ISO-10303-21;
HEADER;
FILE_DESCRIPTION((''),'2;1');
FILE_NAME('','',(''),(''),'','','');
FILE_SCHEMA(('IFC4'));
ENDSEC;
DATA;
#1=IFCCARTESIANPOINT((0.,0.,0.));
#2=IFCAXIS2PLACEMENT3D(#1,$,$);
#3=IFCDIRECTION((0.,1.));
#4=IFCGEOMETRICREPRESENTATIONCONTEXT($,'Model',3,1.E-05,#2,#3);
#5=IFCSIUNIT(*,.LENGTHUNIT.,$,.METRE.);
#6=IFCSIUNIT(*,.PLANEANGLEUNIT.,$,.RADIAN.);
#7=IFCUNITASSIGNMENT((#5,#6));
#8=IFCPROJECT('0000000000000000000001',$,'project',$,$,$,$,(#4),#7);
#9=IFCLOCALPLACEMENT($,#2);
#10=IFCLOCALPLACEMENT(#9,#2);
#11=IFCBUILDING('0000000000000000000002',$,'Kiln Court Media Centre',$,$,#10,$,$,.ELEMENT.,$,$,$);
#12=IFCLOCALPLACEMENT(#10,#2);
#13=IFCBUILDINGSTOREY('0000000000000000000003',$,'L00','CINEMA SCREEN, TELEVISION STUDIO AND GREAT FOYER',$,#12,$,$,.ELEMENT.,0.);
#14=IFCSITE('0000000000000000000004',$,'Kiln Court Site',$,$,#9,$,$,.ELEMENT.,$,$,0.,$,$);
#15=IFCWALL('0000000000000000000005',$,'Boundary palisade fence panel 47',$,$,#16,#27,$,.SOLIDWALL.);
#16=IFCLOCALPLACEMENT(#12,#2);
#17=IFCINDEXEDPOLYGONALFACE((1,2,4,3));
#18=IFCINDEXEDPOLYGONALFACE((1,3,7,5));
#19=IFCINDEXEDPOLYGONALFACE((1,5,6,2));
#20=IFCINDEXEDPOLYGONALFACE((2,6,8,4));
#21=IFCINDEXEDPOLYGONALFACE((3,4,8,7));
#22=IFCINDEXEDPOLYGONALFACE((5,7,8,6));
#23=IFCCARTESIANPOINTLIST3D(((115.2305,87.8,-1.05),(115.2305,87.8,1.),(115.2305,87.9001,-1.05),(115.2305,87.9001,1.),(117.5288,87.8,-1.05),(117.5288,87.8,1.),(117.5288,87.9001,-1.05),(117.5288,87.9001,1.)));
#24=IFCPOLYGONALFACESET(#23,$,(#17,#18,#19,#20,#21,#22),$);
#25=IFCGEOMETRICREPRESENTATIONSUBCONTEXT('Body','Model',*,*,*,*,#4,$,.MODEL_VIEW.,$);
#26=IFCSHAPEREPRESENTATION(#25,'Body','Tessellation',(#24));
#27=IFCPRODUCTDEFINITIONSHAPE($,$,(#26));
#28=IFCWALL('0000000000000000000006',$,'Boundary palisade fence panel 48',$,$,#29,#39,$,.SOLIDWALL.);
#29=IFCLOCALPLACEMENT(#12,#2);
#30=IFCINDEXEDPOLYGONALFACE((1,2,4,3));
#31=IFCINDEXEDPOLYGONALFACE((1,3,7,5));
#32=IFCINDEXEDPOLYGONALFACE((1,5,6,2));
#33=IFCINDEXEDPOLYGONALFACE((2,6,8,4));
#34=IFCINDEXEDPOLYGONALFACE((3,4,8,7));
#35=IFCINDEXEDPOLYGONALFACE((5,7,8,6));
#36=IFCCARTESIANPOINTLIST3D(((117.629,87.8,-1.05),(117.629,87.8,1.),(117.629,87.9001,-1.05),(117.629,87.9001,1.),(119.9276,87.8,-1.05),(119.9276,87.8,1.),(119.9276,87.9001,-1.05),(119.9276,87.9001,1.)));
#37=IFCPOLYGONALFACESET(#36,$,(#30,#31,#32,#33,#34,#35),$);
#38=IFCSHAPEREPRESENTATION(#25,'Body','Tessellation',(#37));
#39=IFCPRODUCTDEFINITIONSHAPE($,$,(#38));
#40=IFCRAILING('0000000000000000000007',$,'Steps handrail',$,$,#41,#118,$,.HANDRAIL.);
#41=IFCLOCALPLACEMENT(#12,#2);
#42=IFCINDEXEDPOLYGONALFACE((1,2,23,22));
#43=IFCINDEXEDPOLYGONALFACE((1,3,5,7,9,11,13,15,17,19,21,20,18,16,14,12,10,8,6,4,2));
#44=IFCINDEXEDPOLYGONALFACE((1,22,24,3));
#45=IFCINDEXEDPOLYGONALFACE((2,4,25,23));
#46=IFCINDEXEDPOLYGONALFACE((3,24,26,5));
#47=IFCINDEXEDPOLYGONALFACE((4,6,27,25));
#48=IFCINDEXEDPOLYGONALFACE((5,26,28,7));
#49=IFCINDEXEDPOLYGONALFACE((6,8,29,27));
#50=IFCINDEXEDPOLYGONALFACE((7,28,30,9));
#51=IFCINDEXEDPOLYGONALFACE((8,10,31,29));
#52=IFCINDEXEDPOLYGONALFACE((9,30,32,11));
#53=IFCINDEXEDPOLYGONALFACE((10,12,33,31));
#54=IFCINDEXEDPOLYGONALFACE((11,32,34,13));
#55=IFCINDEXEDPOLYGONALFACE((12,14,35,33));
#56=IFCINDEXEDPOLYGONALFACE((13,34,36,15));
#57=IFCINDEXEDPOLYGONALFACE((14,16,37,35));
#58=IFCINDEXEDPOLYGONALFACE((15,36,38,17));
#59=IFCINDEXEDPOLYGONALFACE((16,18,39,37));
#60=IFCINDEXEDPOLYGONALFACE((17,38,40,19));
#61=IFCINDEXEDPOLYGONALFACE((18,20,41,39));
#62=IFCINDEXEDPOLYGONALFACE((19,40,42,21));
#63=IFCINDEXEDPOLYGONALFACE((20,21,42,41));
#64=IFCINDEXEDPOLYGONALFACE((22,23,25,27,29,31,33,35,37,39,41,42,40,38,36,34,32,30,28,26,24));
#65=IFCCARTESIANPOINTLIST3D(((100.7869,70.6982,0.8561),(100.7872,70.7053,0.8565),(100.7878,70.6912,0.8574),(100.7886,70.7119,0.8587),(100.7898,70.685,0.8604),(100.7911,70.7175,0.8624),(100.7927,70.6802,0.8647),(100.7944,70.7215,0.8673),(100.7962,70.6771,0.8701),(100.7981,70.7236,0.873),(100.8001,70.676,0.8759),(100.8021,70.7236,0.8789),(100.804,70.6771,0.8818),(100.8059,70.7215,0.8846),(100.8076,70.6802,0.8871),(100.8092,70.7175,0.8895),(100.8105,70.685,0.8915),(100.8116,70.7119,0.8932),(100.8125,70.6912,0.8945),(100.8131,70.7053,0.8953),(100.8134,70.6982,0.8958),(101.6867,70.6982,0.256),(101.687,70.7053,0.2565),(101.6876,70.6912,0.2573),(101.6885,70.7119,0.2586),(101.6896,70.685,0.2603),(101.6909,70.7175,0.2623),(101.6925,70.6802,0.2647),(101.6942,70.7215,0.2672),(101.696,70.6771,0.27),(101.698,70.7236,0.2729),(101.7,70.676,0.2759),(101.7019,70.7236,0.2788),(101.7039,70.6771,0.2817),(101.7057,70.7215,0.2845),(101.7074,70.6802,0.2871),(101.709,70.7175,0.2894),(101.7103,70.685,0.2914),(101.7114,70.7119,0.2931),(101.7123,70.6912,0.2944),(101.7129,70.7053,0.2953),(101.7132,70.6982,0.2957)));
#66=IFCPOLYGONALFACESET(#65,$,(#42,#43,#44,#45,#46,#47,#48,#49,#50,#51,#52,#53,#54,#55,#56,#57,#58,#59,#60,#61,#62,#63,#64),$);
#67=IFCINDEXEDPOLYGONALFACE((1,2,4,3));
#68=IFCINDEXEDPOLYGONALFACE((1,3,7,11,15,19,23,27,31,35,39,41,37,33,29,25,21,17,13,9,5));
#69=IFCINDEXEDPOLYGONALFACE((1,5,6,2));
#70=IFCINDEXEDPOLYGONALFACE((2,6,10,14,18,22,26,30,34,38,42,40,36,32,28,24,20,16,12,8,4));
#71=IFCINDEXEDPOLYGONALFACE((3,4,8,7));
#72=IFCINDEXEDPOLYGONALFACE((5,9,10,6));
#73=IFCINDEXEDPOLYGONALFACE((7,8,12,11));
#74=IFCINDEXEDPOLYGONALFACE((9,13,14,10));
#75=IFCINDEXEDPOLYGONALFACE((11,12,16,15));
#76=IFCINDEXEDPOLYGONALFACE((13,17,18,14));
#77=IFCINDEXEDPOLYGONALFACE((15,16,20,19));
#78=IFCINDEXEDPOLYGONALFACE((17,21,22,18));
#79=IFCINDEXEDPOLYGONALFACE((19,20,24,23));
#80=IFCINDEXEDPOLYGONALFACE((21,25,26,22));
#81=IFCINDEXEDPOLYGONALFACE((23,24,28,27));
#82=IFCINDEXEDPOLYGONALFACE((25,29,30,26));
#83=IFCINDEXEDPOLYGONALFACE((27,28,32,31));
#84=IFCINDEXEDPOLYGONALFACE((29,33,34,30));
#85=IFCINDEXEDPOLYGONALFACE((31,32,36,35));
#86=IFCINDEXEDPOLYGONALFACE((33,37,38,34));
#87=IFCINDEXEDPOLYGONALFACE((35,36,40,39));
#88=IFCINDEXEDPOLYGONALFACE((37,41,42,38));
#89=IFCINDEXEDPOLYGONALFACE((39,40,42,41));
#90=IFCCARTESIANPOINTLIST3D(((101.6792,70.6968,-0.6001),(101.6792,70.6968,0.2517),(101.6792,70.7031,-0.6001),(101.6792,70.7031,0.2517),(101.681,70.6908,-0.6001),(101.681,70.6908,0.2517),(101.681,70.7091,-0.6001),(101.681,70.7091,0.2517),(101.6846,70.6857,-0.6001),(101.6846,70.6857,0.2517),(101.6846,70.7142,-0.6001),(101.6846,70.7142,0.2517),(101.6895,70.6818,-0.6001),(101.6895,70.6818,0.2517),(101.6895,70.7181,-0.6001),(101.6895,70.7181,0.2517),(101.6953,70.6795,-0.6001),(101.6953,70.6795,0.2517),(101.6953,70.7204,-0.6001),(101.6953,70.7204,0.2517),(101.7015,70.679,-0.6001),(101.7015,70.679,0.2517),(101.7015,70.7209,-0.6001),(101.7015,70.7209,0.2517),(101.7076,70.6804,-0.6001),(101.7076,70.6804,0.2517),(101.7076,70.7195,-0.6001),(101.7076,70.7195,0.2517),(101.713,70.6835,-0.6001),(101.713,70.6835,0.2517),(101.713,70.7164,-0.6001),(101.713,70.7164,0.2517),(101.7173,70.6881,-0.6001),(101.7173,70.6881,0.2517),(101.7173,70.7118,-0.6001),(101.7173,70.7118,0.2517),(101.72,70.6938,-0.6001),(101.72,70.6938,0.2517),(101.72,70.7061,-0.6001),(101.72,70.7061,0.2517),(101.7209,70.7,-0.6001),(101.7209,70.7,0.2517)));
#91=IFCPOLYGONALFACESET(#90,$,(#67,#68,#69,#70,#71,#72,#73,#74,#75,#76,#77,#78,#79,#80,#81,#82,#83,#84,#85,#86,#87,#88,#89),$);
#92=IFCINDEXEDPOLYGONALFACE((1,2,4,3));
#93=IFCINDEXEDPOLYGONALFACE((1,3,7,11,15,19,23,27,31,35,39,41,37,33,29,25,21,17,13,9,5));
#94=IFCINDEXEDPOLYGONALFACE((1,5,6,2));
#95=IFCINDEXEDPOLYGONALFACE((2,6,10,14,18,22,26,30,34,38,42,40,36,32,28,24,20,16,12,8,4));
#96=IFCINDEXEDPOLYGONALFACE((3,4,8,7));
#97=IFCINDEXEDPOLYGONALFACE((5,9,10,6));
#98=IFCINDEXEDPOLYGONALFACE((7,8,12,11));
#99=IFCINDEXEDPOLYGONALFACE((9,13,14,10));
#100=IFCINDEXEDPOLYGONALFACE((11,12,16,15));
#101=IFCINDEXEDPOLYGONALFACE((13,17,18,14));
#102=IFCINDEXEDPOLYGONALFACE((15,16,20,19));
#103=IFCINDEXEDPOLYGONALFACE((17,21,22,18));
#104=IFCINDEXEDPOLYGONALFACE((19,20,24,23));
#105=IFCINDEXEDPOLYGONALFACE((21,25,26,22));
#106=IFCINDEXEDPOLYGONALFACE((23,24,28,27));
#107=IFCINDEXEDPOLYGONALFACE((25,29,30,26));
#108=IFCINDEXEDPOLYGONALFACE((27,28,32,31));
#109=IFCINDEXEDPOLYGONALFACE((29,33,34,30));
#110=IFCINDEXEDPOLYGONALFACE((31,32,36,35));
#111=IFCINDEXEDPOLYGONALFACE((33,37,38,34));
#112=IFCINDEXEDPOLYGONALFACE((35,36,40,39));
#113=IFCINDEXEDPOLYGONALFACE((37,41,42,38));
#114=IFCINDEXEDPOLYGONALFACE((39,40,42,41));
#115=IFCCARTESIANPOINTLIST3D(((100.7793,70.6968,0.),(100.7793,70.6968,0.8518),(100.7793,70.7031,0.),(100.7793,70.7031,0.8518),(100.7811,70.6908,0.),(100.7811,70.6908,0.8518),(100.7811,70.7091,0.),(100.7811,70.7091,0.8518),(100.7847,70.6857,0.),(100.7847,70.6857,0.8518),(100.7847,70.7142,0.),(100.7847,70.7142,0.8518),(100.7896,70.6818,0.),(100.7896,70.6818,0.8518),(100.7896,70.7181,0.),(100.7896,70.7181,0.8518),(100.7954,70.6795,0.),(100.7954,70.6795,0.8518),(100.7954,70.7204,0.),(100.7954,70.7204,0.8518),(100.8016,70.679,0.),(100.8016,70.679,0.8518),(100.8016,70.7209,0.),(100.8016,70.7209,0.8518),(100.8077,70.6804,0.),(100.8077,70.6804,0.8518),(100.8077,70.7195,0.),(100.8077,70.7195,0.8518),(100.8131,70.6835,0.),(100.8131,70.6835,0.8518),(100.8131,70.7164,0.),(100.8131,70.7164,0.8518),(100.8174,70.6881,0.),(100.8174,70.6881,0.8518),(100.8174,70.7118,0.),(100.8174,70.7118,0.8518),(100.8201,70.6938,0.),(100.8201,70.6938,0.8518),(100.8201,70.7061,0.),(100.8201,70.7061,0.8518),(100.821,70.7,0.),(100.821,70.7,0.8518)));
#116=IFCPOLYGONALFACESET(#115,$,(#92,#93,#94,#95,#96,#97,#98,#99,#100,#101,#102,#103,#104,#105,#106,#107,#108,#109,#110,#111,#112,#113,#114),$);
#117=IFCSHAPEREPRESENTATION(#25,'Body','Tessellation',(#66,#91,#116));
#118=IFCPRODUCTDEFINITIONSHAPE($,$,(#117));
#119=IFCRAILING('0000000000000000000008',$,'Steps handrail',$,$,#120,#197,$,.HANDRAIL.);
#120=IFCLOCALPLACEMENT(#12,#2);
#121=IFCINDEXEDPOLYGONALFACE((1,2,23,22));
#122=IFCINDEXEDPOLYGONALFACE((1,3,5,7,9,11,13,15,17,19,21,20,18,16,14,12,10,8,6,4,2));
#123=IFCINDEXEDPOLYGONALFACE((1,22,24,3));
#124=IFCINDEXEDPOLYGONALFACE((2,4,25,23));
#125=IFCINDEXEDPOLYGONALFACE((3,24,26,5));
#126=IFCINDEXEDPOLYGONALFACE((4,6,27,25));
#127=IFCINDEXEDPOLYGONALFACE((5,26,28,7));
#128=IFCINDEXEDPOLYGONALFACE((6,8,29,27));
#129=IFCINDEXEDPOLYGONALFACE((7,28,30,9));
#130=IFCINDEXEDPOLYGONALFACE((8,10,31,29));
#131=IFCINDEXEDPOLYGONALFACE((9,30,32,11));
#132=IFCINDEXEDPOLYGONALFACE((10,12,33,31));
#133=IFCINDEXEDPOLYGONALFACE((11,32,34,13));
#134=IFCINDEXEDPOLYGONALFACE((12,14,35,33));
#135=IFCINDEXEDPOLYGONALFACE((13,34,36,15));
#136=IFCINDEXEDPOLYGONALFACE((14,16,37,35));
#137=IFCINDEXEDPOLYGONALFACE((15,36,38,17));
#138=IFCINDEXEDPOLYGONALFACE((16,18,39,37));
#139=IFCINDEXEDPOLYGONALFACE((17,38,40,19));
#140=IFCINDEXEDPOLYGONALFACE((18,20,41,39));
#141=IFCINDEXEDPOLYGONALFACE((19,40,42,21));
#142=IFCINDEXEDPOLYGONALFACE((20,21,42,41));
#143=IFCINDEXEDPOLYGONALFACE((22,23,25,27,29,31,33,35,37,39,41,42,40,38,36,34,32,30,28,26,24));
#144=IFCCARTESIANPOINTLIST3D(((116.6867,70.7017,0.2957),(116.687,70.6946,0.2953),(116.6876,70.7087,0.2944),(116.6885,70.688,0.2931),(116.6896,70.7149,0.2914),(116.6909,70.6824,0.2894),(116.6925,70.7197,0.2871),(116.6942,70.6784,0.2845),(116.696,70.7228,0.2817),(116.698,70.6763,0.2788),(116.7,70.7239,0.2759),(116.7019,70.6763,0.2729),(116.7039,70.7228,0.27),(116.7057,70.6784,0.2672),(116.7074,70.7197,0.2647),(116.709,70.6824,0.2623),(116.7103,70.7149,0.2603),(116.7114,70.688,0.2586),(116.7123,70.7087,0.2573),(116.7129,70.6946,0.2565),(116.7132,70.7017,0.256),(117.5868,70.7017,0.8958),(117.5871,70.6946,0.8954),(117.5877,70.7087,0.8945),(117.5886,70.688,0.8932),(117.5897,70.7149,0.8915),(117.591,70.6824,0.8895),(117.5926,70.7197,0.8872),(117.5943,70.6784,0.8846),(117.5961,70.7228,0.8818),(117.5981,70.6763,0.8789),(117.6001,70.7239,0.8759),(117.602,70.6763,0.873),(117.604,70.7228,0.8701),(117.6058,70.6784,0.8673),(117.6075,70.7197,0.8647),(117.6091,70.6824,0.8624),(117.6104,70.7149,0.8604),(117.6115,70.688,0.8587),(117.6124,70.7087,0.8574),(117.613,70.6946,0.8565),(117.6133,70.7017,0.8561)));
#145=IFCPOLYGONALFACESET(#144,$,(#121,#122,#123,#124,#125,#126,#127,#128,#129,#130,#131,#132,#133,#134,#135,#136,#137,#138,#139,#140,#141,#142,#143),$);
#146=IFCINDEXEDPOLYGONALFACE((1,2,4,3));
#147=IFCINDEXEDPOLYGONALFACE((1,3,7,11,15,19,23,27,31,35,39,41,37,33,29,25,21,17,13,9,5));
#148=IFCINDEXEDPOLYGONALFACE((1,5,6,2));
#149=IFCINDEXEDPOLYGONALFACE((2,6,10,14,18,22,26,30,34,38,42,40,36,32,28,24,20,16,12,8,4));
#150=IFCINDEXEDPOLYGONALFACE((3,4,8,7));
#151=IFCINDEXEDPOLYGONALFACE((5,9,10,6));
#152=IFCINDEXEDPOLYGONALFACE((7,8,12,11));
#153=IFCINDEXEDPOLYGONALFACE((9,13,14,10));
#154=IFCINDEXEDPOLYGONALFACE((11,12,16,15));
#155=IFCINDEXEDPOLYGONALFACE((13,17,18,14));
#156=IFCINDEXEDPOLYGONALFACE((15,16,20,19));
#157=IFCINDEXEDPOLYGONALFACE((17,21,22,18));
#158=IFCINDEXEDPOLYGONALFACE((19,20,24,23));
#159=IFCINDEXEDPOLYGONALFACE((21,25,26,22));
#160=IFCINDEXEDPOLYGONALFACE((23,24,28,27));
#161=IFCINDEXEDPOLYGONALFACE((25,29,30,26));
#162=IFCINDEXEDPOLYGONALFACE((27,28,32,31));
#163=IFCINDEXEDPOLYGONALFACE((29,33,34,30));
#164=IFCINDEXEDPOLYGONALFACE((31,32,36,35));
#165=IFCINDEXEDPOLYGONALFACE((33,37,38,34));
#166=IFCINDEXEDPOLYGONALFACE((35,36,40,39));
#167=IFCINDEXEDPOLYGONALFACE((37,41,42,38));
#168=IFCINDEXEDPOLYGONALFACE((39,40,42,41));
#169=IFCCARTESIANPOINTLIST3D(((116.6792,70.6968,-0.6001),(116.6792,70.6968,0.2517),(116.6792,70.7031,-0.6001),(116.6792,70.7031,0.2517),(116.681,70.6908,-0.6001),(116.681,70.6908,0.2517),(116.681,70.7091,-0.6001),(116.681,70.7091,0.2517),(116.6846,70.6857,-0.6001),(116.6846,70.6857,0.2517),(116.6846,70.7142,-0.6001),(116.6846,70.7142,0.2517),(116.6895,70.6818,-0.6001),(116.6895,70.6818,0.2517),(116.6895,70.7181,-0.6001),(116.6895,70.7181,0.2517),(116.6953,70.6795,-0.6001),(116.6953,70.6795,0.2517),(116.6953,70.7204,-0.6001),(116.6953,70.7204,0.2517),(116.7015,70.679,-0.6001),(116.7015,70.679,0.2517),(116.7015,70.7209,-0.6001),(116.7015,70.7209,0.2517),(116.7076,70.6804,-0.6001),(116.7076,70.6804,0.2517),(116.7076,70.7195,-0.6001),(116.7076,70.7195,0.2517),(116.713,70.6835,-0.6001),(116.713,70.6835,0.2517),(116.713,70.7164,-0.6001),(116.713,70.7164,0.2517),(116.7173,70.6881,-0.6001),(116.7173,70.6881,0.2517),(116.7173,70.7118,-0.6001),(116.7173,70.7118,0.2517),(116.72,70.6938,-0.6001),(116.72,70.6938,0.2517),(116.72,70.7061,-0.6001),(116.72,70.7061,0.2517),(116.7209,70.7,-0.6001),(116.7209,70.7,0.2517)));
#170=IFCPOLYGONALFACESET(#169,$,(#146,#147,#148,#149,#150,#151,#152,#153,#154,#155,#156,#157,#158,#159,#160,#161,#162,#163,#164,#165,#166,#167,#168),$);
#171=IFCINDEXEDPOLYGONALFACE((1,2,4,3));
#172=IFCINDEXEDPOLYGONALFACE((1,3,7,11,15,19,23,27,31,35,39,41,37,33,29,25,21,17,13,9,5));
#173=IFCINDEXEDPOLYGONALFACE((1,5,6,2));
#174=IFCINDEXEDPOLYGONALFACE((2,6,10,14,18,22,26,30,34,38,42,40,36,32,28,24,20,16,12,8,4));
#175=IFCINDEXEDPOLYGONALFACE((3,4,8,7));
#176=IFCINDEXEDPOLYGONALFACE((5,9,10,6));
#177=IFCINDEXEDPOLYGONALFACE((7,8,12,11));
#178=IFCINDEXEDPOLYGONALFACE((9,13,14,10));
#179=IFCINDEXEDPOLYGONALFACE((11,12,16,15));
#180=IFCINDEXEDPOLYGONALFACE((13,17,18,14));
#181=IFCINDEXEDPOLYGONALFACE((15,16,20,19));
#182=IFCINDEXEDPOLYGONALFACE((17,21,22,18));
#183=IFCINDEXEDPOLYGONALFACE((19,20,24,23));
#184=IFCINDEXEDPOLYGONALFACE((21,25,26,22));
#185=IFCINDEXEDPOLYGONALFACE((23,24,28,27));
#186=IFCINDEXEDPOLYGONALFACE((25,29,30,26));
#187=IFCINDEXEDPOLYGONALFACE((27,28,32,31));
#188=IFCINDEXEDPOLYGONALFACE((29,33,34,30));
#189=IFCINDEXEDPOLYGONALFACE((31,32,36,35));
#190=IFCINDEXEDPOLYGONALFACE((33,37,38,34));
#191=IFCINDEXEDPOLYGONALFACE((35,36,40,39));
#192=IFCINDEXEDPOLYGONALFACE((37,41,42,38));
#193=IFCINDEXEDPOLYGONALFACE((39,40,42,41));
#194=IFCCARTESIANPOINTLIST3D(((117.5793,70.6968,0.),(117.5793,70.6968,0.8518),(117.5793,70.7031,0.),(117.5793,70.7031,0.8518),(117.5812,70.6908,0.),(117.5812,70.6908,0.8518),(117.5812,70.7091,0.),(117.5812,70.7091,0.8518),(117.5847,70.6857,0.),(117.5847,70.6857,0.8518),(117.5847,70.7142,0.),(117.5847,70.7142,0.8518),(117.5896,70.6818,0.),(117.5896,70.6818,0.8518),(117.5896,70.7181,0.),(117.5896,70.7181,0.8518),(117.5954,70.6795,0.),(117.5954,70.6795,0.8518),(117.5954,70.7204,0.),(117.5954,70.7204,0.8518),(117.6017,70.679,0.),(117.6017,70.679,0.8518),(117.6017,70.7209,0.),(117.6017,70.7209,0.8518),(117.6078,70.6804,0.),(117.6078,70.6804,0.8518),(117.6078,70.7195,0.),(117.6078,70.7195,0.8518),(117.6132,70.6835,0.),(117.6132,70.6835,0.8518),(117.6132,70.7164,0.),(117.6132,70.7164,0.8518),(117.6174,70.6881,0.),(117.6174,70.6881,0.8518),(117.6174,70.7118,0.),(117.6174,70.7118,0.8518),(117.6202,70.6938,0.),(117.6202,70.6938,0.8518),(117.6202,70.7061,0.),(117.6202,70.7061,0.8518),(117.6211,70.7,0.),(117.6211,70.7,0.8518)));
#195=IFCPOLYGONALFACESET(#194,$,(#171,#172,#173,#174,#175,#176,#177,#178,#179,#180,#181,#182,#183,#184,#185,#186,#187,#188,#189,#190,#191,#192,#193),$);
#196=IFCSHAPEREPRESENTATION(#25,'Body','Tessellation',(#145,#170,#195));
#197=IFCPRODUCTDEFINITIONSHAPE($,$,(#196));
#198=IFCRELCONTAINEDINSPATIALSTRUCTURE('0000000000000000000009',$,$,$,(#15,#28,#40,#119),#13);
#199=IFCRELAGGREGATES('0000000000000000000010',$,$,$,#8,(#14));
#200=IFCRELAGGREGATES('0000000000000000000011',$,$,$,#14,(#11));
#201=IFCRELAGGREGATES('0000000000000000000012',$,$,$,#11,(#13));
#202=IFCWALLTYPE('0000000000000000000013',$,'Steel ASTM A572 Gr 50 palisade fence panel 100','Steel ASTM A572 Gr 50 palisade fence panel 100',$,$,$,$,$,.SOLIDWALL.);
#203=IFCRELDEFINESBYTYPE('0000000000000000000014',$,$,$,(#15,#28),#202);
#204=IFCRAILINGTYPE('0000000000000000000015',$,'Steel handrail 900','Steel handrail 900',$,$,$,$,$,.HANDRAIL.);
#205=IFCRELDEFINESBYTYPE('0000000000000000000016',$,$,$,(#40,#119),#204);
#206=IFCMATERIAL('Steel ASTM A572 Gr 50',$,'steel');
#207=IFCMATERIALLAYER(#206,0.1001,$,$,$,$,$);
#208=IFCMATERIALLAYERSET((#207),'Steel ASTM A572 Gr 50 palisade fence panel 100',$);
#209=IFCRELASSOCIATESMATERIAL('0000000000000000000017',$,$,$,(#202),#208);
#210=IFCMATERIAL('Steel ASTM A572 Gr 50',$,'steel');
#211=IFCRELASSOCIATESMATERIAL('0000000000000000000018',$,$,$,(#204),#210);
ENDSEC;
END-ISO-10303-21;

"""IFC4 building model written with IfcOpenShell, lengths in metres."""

from ifc_helpers import new_model, si_unit, direction, frame, frame_2d, origin, origin_2d, place, context, subcontext, project, spatial, rectangle, circle, extrude, material, layer, layer_set, type_object, element, save


model = new_model("IFC4")

# Units and contexts
model_context = context("Model", 3, precision=1e-05, world=origin(), true_north=direction((0.0, 1.0)))
body_context = subcontext(model_context, "Body", "Model", "MODEL_VIEW")
ifc_project = project(units=[si_unit("LENGTHUNIT", "METRE"), si_unit("PLANEANGLEUNIT", "RADIAN")], contexts=[model_context])

# Site, building, storey
site_placement = place(None, origin())
site = spatial("IfcSite", under=ifc_project, at=site_placement, Name="Kiln Court Site", CompositionType="ELEMENT", RefElevation=0.0)
building_placement = place(site_placement, origin())
building = spatial("IfcBuilding", under=site, at=building_placement, Name="Kiln Court Media Centre", CompositionType="ELEMENT")
storey_placement = place(building_placement, origin())
storey = spatial("IfcBuildingStorey", under=building, at=storey_placement, Name="L00", Description="CINEMA SCREEN, TELEVISION STUDIO AND GREAT FOYER", CompositionType="ELEMENT", Elevation=0.0)

# Walls
ifc_material_1 = material(Name="Steel ASTM A572 Gr 50", Category="steel")
ifc_layer_1 = layer(ifc_material_1, 0.1001)
ifc_layer_set_1 = layer_set([ifc_layer_1], Name="Steel ASTM A572 Gr 50 palisade fence panel 100")
wall_type = type_object("IfcWallType", Name="Steel ASTM A572 Gr 50 palisade fence panel 100", Description="Steel ASTM A572 Gr 50 palisade fence panel 100", PredefinedType="SOLIDWALL", material=ifc_layer_set_1)
wall_1_placement = place(storey_placement, frame((115.2305, 87.8501, -1.05), z_axis=(0.0, 0.0, 1.0), x_axis=(1.0, 0.0, 0.0)))
element("IfcWall", 1, at=wall_1_placement, inside=storey, type_object=wall_type, Name="Boundary palisade fence panel 47", PredefinedType="SOLIDWALL", context=body_context, shape_type="SweptSolid", body=[
    extrude(rectangle(XDim=2.2983, YDim=0.1001, at=frame_2d((1.1492, 0.0))), origin(), (0.0, 0.0, 1.0), 2.05),
])
wall_2_placement = place(storey_placement, frame((117.6289, 87.8501, -1.05), z_axis=(0.0, 0.0, 1.0), x_axis=(1.0, 0.0, 0.0)))
element("IfcWall", 2, at=wall_2_placement, inside=storey, type_object=wall_type, Name="Boundary palisade fence panel 48", PredefinedType="SOLIDWALL", context=body_context, shape_type="SweptSolid", body=[
    extrude(rectangle(XDim=2.2986, YDim=0.1001, at=frame_2d((1.1494, 0.0))), origin(), (0.0, 0.0, 1.0), 2.05),
])

# Railings
ifc_material_2 = material(Name="Steel ASTM A572 Gr 50", Category="steel")
railing_type_1 = type_object("IfcRailingType", Name="Steel handrail 900", Description="Steel handrail 900", PredefinedType="HANDRAIL", material=ifc_material_2)
railing_1_placement = place(storey_placement, frame((101.7, 70.7, -0.6001)))
element("IfcRailing", 3, at=railing_1_placement, inside=storey, type_object=railing_type_1, Name="Steps handrail", PredefinedType="HANDRAIL", context=body_context, shape_type="SweptSolid", body=[
    extrude(circle(Radius=0.0239, at=origin_2d()), frame((0.0, 0.0, 0.876), z_axis=(-0.831981, 0.0, 0.554804), x_axis=(0.0, -1.0, 0.0)), (0.0, 0.0, 1.0), 1.0815),
    extrude(circle(Radius=0.021, at=origin_2d()), origin(), (0.0, 0.0, 1.0), 0.8518),
    extrude(circle(Radius=0.021, at=origin_2d()), frame((-0.8999, 0.0, 0.6001)), (0.0, 0.0, 1.0), 0.8518),
])
railing_2_placement = place(storey_placement, frame((116.7, 70.7, -0.6001)))
element("IfcRailing", 4, at=railing_2_placement, inside=storey, type_object=railing_type_1, Name="Steps handrail", PredefinedType="HANDRAIL", context=body_context, shape_type="SweptSolid", body=[
    extrude(circle(Radius=0.0239, at=origin_2d()), frame((0.0, 0.0, 0.876), z_axis=(0.83205, 0.0, 0.5547), x_axis=(0.0, 1.0, 0.0)), (0.0, 0.0, 1.0), 1.0818),
    extrude(circle(Radius=0.021, at=origin_2d()), origin(), (0.0, 0.0, 1.0), 0.8518),
    extrude(circle(Radius=0.021, at=origin_2d()), frame((0.9001, 0.0, 0.6001)), (0.0, 0.0, 1.0), 0.8518),
])

save(model, "model.ifc")
